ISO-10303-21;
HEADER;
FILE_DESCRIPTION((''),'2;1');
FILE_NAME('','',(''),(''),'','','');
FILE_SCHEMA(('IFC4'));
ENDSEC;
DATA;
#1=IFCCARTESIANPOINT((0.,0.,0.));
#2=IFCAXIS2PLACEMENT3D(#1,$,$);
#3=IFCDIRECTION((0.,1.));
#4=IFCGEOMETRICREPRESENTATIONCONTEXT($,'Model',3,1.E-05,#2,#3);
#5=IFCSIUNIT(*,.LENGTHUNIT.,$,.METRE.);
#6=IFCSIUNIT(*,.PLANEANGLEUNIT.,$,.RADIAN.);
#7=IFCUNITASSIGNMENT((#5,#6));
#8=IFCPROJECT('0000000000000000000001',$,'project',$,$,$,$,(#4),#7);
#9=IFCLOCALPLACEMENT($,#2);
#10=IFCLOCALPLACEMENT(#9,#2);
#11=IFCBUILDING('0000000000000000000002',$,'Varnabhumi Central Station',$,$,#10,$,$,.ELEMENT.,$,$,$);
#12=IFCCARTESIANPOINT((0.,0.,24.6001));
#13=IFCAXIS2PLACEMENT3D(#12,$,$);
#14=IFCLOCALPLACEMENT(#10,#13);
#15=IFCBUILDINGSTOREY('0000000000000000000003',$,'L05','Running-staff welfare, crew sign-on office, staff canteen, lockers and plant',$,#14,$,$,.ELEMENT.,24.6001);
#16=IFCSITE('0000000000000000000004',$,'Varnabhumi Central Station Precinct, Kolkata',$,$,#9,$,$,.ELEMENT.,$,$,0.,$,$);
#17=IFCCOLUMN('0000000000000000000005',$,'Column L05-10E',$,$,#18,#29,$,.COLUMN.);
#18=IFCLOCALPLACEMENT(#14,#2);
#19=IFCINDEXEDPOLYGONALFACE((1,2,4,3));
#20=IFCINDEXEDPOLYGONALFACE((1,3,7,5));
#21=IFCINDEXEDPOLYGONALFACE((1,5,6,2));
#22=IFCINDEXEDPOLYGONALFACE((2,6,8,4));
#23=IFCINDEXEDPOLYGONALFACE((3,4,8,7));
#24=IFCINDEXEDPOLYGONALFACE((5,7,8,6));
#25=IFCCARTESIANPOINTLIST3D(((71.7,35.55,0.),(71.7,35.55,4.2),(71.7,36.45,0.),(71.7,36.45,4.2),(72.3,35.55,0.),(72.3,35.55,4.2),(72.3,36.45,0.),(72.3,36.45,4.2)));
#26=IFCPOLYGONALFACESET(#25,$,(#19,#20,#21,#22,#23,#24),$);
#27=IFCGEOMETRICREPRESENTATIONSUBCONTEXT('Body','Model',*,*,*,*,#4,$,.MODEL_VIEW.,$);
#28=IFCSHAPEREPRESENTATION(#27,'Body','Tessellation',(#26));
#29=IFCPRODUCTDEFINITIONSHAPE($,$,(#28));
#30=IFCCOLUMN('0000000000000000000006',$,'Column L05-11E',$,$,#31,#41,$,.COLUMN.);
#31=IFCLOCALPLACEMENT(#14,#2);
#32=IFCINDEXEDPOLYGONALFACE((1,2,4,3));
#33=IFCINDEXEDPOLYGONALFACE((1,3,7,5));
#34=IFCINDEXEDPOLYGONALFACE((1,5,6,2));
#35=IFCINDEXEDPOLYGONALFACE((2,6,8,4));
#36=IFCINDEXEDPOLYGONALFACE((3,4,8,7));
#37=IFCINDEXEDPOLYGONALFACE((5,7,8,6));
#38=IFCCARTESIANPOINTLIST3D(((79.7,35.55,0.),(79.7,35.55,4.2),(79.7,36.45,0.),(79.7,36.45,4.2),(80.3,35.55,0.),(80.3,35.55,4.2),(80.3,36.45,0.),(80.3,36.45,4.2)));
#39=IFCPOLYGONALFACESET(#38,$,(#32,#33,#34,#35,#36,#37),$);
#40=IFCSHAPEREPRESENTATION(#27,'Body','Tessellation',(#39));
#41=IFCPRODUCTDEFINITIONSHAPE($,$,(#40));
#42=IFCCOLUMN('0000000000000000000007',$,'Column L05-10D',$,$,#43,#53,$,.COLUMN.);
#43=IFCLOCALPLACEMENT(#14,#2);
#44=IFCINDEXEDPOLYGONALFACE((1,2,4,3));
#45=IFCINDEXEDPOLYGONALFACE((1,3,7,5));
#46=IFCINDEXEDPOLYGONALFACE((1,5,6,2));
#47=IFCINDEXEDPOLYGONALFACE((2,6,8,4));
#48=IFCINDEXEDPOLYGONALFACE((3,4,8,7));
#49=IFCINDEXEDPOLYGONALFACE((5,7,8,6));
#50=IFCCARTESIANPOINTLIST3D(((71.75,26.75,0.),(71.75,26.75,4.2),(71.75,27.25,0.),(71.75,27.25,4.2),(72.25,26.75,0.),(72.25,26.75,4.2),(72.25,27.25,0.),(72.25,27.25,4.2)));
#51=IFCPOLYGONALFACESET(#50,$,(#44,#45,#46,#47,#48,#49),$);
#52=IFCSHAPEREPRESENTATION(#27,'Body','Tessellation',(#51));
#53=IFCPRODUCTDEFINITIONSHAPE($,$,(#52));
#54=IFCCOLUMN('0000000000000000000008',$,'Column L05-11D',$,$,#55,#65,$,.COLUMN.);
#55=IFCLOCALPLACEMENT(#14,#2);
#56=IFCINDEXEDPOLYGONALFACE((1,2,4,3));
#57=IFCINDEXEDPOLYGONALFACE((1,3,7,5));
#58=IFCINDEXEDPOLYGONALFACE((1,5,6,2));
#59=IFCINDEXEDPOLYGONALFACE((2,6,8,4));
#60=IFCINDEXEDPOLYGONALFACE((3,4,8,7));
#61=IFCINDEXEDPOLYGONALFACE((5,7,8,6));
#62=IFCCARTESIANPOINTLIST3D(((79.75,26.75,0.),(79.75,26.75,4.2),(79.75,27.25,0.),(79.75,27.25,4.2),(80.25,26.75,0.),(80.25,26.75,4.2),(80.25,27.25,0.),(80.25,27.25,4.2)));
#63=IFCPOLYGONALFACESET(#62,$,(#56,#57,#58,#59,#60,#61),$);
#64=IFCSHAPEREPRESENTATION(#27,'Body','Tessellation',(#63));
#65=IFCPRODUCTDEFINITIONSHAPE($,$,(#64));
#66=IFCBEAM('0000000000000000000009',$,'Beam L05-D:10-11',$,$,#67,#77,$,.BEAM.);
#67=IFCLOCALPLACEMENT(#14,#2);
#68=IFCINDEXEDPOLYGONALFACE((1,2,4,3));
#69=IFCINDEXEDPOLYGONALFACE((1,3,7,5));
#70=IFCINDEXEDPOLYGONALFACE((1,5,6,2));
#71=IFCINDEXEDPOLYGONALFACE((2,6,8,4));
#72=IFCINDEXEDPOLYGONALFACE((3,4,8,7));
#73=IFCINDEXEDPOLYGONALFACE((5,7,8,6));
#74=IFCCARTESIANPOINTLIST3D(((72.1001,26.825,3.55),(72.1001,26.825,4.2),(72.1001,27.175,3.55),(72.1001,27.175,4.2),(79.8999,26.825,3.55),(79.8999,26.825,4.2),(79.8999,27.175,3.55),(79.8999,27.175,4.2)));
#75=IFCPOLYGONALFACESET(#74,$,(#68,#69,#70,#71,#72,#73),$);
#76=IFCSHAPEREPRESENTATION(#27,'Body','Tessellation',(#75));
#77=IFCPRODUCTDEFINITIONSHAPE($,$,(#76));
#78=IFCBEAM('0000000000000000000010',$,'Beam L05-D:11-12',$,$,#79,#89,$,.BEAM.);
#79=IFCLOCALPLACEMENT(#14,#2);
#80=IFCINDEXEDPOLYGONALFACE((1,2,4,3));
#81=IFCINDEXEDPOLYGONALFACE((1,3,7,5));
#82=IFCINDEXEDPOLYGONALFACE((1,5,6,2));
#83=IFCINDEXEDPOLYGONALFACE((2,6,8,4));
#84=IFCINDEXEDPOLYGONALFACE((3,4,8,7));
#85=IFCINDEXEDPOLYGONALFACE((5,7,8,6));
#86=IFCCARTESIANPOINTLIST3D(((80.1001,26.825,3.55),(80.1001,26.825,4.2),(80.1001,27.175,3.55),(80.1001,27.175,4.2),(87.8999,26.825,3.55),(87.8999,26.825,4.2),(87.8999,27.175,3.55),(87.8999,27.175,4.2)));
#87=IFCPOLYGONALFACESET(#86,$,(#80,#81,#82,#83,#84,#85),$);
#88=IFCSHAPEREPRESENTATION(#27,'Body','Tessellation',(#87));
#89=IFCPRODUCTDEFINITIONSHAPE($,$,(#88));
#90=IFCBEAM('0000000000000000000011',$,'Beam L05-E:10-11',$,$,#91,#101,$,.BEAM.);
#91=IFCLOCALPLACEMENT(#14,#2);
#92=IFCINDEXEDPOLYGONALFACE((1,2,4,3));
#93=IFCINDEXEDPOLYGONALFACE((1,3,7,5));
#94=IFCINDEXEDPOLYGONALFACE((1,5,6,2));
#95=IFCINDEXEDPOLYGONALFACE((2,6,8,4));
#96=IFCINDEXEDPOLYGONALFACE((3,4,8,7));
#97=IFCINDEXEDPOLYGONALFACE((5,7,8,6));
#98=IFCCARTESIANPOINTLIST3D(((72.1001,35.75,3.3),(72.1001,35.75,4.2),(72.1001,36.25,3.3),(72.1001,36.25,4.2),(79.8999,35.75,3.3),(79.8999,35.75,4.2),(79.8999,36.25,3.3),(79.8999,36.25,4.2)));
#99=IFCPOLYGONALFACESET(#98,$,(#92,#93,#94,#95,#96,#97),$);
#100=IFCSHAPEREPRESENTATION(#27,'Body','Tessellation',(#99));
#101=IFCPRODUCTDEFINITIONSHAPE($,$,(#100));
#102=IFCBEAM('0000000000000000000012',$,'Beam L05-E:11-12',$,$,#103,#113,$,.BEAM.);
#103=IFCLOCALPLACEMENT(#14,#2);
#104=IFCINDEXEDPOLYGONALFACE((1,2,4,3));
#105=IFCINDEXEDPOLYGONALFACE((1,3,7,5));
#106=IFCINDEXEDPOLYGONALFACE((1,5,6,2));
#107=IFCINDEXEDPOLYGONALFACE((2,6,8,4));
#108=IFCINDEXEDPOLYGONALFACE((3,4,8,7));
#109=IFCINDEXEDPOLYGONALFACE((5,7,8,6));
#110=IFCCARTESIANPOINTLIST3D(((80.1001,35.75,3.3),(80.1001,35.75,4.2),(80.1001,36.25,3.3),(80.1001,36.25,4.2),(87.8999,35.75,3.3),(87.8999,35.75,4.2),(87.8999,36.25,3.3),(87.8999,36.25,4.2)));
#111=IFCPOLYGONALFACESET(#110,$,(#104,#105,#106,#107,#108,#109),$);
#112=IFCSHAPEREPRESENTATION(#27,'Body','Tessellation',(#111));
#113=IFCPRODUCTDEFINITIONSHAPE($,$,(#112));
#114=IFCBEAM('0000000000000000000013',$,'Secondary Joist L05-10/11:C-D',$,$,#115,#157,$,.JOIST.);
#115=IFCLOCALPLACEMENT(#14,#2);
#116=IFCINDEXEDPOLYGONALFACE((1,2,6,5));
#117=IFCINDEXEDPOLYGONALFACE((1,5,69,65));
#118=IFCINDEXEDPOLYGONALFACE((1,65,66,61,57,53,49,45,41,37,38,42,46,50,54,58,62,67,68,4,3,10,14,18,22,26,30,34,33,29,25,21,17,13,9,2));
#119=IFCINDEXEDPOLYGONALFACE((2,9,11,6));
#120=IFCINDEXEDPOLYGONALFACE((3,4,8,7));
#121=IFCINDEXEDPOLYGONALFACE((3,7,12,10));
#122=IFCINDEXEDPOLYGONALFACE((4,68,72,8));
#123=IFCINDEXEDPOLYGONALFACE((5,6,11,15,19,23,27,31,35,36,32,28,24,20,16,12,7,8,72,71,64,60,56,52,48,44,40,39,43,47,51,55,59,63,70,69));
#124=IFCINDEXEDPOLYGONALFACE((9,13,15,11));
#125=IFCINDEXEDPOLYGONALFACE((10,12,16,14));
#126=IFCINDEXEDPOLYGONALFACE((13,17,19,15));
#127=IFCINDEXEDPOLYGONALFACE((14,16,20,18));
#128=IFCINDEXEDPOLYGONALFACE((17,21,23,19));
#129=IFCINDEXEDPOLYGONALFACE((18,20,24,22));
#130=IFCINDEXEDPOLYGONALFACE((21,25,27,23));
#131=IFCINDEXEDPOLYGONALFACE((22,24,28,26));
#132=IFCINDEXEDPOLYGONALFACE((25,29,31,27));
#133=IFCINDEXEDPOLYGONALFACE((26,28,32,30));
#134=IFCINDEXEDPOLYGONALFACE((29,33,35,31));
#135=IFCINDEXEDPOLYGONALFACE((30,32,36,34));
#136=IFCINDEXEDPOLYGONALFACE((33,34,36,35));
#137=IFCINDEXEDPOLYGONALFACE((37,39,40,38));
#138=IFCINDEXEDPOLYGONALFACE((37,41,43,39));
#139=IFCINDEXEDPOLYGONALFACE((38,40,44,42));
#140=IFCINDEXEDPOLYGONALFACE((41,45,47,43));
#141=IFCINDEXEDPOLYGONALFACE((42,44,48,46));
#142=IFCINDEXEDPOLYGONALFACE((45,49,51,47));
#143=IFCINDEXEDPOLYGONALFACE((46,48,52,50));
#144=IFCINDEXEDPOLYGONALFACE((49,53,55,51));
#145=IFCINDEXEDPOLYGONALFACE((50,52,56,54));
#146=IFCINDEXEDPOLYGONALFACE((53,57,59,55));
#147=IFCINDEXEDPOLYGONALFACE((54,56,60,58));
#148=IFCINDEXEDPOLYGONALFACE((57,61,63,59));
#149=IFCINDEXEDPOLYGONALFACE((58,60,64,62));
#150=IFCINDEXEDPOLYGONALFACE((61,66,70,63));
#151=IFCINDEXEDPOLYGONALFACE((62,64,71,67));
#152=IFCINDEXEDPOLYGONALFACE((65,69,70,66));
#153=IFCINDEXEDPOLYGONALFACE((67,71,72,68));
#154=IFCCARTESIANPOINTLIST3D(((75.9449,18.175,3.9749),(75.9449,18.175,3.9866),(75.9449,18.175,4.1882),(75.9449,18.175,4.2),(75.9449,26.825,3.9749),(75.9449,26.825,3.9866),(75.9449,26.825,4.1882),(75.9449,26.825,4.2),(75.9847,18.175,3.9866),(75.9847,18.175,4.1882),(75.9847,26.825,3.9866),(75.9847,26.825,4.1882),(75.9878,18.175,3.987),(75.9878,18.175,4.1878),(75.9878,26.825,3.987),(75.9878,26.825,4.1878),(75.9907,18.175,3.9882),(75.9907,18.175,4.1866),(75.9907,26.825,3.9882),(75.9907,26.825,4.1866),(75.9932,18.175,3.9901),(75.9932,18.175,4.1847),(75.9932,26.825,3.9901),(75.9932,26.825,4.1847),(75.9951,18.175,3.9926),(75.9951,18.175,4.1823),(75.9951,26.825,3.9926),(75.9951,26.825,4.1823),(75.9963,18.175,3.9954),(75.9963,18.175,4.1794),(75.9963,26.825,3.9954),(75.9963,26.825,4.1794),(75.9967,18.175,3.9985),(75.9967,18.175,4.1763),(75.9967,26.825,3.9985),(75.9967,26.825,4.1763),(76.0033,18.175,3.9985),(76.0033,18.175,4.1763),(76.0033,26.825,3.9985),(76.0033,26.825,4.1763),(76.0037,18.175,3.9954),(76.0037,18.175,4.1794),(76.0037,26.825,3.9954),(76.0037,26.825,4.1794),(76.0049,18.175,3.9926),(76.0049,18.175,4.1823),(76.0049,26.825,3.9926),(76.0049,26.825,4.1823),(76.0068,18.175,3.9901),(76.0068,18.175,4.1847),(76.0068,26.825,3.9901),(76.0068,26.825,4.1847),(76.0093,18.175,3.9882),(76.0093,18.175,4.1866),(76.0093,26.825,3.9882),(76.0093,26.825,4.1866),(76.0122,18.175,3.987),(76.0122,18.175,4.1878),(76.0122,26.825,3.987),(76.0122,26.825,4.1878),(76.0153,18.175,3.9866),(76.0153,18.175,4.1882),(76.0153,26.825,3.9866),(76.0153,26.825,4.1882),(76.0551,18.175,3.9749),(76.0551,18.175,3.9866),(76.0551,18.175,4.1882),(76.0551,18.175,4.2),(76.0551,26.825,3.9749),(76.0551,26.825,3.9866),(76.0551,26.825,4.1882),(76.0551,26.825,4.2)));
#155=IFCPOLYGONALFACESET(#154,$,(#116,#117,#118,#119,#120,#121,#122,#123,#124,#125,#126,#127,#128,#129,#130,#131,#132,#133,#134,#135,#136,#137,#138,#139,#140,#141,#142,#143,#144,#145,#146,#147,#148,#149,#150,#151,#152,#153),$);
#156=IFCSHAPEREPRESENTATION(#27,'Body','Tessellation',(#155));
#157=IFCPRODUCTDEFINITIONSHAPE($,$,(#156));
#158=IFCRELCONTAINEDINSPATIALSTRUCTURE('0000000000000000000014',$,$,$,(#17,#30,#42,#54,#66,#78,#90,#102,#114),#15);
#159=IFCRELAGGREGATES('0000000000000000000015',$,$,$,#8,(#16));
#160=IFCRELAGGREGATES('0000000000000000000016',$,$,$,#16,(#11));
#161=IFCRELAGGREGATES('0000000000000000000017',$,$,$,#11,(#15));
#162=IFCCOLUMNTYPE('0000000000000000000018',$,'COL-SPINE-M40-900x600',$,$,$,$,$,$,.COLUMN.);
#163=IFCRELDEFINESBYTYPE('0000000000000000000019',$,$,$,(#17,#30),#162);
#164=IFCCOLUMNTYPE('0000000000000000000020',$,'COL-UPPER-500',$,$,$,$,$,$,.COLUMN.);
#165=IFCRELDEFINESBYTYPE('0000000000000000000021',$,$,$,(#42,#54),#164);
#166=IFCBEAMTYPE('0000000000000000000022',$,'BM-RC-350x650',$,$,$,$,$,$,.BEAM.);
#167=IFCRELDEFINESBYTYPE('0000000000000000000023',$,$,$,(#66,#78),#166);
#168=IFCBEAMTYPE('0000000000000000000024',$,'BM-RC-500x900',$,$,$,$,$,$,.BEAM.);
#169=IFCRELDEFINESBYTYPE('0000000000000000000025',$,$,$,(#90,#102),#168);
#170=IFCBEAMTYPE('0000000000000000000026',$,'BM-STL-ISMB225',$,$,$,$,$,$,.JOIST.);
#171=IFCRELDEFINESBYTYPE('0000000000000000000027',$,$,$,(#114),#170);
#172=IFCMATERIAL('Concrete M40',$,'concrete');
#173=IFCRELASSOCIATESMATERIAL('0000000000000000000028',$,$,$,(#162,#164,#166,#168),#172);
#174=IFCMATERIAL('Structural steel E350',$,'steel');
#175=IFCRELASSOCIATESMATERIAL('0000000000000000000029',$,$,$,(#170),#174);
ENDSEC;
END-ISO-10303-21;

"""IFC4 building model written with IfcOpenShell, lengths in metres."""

from ifc_helpers import new_model, si_unit, direction, frame, origin, origin_2d, place, context, subcontext, project, spatial, rectangle, i_section, extrude, material, material_profile, profile_set, type_object, element, save


model = new_model("IFC4")

# Units and contexts
model_context = context("Model", 3, precision=1e-05, world=origin(), true_north=direction((0.0, 1.0)))
body_context = subcontext(model_context, "Body", "Model", "MODEL_VIEW")
ifc_project = project(units=[si_unit("LENGTHUNIT", "METRE"), si_unit("PLANEANGLEUNIT", "RADIAN")], contexts=[model_context])

# Site, building, storey
site_placement = place(None, origin())
site = spatial("IfcSite", under=ifc_project, at=site_placement, Name="Varnabhumi Central Station Precinct, Kolkata", CompositionType="ELEMENT", RefElevation=0.0)
building_placement = place(site_placement, origin())
building = spatial("IfcBuilding", under=site, at=building_placement, Name="Varnabhumi Central Station", CompositionType="ELEMENT")
storey_placement = place(building_placement, frame((0.0, 0.0, 24.6001)))
storey = spatial("IfcBuildingStorey", under=building, at=storey_placement, Name="L05", Description="Running-staff welfare, crew sign-on office, staff canteen, lockers and plant", CompositionType="ELEMENT", Elevation=24.6001)

# Columns
ifc_material_1 = material(Name="Concrete M40", Category="concrete")
ifc_material_profile_1 = material_profile(ifc_material_1, rectangle(XDim=0.6001, YDim=0.8999, at=origin_2d()), Name="Concrete M40", Category="concrete")
ifc_profile_set_1 = profile_set([ifc_material_profile_1], Name="Concrete M40")
column_type_1 = type_object("IfcColumnType", Name="COL-SPINE-M40-900x600", PredefinedType="COLUMN", material=ifc_profile_set_1)
for number, where, z_axis, x_axis, name in (
    (1, (72.0, 36.0, 0.0), (0.0, 0.0, 1.0), (1.0, 0.0, 0.0), "Column L05-10E"),
    (2, (80.0, 36.0, 0.0), (0.0, 0.0, 1.0), (1.0, 0.0, 0.0), "Column L05-11E"),
):
    element("IfcColumn", number, at=place(storey_placement, frame(where, z_axis=z_axis, x_axis=x_axis)), inside=storey, type_object=column_type_1, Name=name, PredefinedType="COLUMN", context=body_context, shape_type="SweptSolid", body=[
        extrude(rectangle(XDim=0.6001, YDim=0.8999, at=origin_2d()), origin(), (0.0, 0.0, 1.0), 4.2),
    ])
ifc_material_profile_2 = material_profile(ifc_material_1, rectangle(XDim=0.5, YDim=0.5, at=origin_2d()), Name="Concrete M40", Category="concrete")
ifc_profile_set_2 = profile_set([ifc_material_profile_2], Name="Concrete M40")
column_type_2 = type_object("IfcColumnType", Name="COL-UPPER-500", PredefinedType="COLUMN", material=ifc_profile_set_2)
for number, where, z_axis, x_axis, name in (
    (3, (72.0, 27.0, 0.0), (0.0, 0.0, 1.0), (1.0, 0.0, 0.0), "Column L05-10D"),
    (4, (80.0, 27.0, 0.0), (0.0, 0.0, 1.0), (1.0, 0.0, 0.0), "Column L05-11D"),
):
    element("IfcColumn", number, at=place(storey_placement, frame(where, z_axis=z_axis, x_axis=x_axis)), inside=storey, type_object=column_type_2, Name=name, PredefinedType="COLUMN", context=body_context, shape_type="SweptSolid", body=[
        extrude(rectangle(XDim=0.5, YDim=0.5, at=origin_2d()), origin(), (0.0, 0.0, 1.0), 4.2),
    ])

# Beams
ifc_material_profile_3 = material_profile(ifc_material_1, rectangle(XDim=0.3501, YDim=0.6499, at=origin_2d()), Name="Concrete M40", Category="concrete")
ifc_profile_set_3 = profile_set([ifc_material_profile_3], Name="Concrete M40")
beam_type_1 = type_object("IfcBeamType", Name="BM-RC-350x650", PredefinedType="BEAM", material=ifc_profile_set_3)
for number, where, z_axis, x_axis, name in (
    (5, (72.1001, 27.0, 3.875), (1.0, 0.0, 0.0), (0.0, 1.0, 0.0), "Beam L05-D:10-11"),
    (6, (80.1001, 27.0, 3.875), (1.0, 0.0, 0.0), (0.0, 1.0, 0.0), "Beam L05-D:11-12"),
):
    element("IfcBeam", number, at=place(storey_placement, frame(where, z_axis=z_axis, x_axis=x_axis)), inside=storey, type_object=beam_type_1, Name=name, PredefinedType="BEAM", context=body_context, shape_type="SweptSolid", body=[
        extrude(rectangle(XDim=0.3501, YDim=0.6499, at=origin_2d()), origin(), (0.0, 0.0, 1.0), 7.7998),
    ])
ifc_material_profile_4 = material_profile(ifc_material_1, rectangle(XDim=0.5, YDim=0.8999, at=origin_2d()), Name="Concrete M40", Category="concrete")
ifc_profile_set_4 = profile_set([ifc_material_profile_4], Name="Concrete M40")
beam_type_2 = type_object("IfcBeamType", Name="BM-RC-500x900", PredefinedType="BEAM", material=ifc_profile_set_4)
for number, where, z_axis, x_axis, name in (
    (7, (72.1001, 36.0, 3.75), (1.0, 0.0, 0.0), (0.0, 1.0, 0.0), "Beam L05-E:10-11"),
    (8, (80.1001, 36.0, 3.75), (1.0, 0.0, 0.0), (0.0, 1.0, 0.0), "Beam L05-E:11-12"),
):
    element("IfcBeam", number, at=place(storey_placement, frame(where, z_axis=z_axis, x_axis=x_axis)), inside=storey, type_object=beam_type_2, Name=name, PredefinedType="BEAM", context=body_context, shape_type="SweptSolid", body=[
        extrude(rectangle(XDim=0.5, YDim=0.8999, at=origin_2d()), origin(), (0.0, 0.0, 1.0), 7.7998),
    ])
ifc_material_2 = material(Name="Structural steel E350", Category="steel")
ifc_material_profile_5 = material_profile(ifc_material_2, i_section(OverallWidth=0.1101, OverallDepth=0.2251, WebThickness=0.0066, FlangeThickness=0.0117, FilletRadius=0.012, at=origin_2d()), Name="Structural steel E350", Category="steel")
ifc_profile_set_5 = profile_set([ifc_material_profile_5], Name="Structural steel E350")
beam_type_3 = type_object("IfcBeamType", Name="BM-STL-ISMB225", PredefinedType="JOIST", material=ifc_profile_set_5)
beam_1_placement = place(storey_placement, frame((76.0, 18.175, 4.0874), z_axis=(0.0, 1.0, 0.0), x_axis=(-1.0, 0.0, 0.0)))
element("IfcBeam", 9, at=beam_1_placement, inside=storey, type_object=beam_type_3, Name="Secondary Joist L05-10/11:C-D", PredefinedType="JOIST", context=body_context, shape_type="SweptSolid", body=[
    extrude(i_section(OverallWidth=0.1101, OverallDepth=0.2251, WebThickness=0.0066, FlangeThickness=0.0117, FilletRadius=0.012, at=origin_2d()), origin(), (0.0, 0.0, 1.0), 8.6499),
])

save(model, "model.ifc")
